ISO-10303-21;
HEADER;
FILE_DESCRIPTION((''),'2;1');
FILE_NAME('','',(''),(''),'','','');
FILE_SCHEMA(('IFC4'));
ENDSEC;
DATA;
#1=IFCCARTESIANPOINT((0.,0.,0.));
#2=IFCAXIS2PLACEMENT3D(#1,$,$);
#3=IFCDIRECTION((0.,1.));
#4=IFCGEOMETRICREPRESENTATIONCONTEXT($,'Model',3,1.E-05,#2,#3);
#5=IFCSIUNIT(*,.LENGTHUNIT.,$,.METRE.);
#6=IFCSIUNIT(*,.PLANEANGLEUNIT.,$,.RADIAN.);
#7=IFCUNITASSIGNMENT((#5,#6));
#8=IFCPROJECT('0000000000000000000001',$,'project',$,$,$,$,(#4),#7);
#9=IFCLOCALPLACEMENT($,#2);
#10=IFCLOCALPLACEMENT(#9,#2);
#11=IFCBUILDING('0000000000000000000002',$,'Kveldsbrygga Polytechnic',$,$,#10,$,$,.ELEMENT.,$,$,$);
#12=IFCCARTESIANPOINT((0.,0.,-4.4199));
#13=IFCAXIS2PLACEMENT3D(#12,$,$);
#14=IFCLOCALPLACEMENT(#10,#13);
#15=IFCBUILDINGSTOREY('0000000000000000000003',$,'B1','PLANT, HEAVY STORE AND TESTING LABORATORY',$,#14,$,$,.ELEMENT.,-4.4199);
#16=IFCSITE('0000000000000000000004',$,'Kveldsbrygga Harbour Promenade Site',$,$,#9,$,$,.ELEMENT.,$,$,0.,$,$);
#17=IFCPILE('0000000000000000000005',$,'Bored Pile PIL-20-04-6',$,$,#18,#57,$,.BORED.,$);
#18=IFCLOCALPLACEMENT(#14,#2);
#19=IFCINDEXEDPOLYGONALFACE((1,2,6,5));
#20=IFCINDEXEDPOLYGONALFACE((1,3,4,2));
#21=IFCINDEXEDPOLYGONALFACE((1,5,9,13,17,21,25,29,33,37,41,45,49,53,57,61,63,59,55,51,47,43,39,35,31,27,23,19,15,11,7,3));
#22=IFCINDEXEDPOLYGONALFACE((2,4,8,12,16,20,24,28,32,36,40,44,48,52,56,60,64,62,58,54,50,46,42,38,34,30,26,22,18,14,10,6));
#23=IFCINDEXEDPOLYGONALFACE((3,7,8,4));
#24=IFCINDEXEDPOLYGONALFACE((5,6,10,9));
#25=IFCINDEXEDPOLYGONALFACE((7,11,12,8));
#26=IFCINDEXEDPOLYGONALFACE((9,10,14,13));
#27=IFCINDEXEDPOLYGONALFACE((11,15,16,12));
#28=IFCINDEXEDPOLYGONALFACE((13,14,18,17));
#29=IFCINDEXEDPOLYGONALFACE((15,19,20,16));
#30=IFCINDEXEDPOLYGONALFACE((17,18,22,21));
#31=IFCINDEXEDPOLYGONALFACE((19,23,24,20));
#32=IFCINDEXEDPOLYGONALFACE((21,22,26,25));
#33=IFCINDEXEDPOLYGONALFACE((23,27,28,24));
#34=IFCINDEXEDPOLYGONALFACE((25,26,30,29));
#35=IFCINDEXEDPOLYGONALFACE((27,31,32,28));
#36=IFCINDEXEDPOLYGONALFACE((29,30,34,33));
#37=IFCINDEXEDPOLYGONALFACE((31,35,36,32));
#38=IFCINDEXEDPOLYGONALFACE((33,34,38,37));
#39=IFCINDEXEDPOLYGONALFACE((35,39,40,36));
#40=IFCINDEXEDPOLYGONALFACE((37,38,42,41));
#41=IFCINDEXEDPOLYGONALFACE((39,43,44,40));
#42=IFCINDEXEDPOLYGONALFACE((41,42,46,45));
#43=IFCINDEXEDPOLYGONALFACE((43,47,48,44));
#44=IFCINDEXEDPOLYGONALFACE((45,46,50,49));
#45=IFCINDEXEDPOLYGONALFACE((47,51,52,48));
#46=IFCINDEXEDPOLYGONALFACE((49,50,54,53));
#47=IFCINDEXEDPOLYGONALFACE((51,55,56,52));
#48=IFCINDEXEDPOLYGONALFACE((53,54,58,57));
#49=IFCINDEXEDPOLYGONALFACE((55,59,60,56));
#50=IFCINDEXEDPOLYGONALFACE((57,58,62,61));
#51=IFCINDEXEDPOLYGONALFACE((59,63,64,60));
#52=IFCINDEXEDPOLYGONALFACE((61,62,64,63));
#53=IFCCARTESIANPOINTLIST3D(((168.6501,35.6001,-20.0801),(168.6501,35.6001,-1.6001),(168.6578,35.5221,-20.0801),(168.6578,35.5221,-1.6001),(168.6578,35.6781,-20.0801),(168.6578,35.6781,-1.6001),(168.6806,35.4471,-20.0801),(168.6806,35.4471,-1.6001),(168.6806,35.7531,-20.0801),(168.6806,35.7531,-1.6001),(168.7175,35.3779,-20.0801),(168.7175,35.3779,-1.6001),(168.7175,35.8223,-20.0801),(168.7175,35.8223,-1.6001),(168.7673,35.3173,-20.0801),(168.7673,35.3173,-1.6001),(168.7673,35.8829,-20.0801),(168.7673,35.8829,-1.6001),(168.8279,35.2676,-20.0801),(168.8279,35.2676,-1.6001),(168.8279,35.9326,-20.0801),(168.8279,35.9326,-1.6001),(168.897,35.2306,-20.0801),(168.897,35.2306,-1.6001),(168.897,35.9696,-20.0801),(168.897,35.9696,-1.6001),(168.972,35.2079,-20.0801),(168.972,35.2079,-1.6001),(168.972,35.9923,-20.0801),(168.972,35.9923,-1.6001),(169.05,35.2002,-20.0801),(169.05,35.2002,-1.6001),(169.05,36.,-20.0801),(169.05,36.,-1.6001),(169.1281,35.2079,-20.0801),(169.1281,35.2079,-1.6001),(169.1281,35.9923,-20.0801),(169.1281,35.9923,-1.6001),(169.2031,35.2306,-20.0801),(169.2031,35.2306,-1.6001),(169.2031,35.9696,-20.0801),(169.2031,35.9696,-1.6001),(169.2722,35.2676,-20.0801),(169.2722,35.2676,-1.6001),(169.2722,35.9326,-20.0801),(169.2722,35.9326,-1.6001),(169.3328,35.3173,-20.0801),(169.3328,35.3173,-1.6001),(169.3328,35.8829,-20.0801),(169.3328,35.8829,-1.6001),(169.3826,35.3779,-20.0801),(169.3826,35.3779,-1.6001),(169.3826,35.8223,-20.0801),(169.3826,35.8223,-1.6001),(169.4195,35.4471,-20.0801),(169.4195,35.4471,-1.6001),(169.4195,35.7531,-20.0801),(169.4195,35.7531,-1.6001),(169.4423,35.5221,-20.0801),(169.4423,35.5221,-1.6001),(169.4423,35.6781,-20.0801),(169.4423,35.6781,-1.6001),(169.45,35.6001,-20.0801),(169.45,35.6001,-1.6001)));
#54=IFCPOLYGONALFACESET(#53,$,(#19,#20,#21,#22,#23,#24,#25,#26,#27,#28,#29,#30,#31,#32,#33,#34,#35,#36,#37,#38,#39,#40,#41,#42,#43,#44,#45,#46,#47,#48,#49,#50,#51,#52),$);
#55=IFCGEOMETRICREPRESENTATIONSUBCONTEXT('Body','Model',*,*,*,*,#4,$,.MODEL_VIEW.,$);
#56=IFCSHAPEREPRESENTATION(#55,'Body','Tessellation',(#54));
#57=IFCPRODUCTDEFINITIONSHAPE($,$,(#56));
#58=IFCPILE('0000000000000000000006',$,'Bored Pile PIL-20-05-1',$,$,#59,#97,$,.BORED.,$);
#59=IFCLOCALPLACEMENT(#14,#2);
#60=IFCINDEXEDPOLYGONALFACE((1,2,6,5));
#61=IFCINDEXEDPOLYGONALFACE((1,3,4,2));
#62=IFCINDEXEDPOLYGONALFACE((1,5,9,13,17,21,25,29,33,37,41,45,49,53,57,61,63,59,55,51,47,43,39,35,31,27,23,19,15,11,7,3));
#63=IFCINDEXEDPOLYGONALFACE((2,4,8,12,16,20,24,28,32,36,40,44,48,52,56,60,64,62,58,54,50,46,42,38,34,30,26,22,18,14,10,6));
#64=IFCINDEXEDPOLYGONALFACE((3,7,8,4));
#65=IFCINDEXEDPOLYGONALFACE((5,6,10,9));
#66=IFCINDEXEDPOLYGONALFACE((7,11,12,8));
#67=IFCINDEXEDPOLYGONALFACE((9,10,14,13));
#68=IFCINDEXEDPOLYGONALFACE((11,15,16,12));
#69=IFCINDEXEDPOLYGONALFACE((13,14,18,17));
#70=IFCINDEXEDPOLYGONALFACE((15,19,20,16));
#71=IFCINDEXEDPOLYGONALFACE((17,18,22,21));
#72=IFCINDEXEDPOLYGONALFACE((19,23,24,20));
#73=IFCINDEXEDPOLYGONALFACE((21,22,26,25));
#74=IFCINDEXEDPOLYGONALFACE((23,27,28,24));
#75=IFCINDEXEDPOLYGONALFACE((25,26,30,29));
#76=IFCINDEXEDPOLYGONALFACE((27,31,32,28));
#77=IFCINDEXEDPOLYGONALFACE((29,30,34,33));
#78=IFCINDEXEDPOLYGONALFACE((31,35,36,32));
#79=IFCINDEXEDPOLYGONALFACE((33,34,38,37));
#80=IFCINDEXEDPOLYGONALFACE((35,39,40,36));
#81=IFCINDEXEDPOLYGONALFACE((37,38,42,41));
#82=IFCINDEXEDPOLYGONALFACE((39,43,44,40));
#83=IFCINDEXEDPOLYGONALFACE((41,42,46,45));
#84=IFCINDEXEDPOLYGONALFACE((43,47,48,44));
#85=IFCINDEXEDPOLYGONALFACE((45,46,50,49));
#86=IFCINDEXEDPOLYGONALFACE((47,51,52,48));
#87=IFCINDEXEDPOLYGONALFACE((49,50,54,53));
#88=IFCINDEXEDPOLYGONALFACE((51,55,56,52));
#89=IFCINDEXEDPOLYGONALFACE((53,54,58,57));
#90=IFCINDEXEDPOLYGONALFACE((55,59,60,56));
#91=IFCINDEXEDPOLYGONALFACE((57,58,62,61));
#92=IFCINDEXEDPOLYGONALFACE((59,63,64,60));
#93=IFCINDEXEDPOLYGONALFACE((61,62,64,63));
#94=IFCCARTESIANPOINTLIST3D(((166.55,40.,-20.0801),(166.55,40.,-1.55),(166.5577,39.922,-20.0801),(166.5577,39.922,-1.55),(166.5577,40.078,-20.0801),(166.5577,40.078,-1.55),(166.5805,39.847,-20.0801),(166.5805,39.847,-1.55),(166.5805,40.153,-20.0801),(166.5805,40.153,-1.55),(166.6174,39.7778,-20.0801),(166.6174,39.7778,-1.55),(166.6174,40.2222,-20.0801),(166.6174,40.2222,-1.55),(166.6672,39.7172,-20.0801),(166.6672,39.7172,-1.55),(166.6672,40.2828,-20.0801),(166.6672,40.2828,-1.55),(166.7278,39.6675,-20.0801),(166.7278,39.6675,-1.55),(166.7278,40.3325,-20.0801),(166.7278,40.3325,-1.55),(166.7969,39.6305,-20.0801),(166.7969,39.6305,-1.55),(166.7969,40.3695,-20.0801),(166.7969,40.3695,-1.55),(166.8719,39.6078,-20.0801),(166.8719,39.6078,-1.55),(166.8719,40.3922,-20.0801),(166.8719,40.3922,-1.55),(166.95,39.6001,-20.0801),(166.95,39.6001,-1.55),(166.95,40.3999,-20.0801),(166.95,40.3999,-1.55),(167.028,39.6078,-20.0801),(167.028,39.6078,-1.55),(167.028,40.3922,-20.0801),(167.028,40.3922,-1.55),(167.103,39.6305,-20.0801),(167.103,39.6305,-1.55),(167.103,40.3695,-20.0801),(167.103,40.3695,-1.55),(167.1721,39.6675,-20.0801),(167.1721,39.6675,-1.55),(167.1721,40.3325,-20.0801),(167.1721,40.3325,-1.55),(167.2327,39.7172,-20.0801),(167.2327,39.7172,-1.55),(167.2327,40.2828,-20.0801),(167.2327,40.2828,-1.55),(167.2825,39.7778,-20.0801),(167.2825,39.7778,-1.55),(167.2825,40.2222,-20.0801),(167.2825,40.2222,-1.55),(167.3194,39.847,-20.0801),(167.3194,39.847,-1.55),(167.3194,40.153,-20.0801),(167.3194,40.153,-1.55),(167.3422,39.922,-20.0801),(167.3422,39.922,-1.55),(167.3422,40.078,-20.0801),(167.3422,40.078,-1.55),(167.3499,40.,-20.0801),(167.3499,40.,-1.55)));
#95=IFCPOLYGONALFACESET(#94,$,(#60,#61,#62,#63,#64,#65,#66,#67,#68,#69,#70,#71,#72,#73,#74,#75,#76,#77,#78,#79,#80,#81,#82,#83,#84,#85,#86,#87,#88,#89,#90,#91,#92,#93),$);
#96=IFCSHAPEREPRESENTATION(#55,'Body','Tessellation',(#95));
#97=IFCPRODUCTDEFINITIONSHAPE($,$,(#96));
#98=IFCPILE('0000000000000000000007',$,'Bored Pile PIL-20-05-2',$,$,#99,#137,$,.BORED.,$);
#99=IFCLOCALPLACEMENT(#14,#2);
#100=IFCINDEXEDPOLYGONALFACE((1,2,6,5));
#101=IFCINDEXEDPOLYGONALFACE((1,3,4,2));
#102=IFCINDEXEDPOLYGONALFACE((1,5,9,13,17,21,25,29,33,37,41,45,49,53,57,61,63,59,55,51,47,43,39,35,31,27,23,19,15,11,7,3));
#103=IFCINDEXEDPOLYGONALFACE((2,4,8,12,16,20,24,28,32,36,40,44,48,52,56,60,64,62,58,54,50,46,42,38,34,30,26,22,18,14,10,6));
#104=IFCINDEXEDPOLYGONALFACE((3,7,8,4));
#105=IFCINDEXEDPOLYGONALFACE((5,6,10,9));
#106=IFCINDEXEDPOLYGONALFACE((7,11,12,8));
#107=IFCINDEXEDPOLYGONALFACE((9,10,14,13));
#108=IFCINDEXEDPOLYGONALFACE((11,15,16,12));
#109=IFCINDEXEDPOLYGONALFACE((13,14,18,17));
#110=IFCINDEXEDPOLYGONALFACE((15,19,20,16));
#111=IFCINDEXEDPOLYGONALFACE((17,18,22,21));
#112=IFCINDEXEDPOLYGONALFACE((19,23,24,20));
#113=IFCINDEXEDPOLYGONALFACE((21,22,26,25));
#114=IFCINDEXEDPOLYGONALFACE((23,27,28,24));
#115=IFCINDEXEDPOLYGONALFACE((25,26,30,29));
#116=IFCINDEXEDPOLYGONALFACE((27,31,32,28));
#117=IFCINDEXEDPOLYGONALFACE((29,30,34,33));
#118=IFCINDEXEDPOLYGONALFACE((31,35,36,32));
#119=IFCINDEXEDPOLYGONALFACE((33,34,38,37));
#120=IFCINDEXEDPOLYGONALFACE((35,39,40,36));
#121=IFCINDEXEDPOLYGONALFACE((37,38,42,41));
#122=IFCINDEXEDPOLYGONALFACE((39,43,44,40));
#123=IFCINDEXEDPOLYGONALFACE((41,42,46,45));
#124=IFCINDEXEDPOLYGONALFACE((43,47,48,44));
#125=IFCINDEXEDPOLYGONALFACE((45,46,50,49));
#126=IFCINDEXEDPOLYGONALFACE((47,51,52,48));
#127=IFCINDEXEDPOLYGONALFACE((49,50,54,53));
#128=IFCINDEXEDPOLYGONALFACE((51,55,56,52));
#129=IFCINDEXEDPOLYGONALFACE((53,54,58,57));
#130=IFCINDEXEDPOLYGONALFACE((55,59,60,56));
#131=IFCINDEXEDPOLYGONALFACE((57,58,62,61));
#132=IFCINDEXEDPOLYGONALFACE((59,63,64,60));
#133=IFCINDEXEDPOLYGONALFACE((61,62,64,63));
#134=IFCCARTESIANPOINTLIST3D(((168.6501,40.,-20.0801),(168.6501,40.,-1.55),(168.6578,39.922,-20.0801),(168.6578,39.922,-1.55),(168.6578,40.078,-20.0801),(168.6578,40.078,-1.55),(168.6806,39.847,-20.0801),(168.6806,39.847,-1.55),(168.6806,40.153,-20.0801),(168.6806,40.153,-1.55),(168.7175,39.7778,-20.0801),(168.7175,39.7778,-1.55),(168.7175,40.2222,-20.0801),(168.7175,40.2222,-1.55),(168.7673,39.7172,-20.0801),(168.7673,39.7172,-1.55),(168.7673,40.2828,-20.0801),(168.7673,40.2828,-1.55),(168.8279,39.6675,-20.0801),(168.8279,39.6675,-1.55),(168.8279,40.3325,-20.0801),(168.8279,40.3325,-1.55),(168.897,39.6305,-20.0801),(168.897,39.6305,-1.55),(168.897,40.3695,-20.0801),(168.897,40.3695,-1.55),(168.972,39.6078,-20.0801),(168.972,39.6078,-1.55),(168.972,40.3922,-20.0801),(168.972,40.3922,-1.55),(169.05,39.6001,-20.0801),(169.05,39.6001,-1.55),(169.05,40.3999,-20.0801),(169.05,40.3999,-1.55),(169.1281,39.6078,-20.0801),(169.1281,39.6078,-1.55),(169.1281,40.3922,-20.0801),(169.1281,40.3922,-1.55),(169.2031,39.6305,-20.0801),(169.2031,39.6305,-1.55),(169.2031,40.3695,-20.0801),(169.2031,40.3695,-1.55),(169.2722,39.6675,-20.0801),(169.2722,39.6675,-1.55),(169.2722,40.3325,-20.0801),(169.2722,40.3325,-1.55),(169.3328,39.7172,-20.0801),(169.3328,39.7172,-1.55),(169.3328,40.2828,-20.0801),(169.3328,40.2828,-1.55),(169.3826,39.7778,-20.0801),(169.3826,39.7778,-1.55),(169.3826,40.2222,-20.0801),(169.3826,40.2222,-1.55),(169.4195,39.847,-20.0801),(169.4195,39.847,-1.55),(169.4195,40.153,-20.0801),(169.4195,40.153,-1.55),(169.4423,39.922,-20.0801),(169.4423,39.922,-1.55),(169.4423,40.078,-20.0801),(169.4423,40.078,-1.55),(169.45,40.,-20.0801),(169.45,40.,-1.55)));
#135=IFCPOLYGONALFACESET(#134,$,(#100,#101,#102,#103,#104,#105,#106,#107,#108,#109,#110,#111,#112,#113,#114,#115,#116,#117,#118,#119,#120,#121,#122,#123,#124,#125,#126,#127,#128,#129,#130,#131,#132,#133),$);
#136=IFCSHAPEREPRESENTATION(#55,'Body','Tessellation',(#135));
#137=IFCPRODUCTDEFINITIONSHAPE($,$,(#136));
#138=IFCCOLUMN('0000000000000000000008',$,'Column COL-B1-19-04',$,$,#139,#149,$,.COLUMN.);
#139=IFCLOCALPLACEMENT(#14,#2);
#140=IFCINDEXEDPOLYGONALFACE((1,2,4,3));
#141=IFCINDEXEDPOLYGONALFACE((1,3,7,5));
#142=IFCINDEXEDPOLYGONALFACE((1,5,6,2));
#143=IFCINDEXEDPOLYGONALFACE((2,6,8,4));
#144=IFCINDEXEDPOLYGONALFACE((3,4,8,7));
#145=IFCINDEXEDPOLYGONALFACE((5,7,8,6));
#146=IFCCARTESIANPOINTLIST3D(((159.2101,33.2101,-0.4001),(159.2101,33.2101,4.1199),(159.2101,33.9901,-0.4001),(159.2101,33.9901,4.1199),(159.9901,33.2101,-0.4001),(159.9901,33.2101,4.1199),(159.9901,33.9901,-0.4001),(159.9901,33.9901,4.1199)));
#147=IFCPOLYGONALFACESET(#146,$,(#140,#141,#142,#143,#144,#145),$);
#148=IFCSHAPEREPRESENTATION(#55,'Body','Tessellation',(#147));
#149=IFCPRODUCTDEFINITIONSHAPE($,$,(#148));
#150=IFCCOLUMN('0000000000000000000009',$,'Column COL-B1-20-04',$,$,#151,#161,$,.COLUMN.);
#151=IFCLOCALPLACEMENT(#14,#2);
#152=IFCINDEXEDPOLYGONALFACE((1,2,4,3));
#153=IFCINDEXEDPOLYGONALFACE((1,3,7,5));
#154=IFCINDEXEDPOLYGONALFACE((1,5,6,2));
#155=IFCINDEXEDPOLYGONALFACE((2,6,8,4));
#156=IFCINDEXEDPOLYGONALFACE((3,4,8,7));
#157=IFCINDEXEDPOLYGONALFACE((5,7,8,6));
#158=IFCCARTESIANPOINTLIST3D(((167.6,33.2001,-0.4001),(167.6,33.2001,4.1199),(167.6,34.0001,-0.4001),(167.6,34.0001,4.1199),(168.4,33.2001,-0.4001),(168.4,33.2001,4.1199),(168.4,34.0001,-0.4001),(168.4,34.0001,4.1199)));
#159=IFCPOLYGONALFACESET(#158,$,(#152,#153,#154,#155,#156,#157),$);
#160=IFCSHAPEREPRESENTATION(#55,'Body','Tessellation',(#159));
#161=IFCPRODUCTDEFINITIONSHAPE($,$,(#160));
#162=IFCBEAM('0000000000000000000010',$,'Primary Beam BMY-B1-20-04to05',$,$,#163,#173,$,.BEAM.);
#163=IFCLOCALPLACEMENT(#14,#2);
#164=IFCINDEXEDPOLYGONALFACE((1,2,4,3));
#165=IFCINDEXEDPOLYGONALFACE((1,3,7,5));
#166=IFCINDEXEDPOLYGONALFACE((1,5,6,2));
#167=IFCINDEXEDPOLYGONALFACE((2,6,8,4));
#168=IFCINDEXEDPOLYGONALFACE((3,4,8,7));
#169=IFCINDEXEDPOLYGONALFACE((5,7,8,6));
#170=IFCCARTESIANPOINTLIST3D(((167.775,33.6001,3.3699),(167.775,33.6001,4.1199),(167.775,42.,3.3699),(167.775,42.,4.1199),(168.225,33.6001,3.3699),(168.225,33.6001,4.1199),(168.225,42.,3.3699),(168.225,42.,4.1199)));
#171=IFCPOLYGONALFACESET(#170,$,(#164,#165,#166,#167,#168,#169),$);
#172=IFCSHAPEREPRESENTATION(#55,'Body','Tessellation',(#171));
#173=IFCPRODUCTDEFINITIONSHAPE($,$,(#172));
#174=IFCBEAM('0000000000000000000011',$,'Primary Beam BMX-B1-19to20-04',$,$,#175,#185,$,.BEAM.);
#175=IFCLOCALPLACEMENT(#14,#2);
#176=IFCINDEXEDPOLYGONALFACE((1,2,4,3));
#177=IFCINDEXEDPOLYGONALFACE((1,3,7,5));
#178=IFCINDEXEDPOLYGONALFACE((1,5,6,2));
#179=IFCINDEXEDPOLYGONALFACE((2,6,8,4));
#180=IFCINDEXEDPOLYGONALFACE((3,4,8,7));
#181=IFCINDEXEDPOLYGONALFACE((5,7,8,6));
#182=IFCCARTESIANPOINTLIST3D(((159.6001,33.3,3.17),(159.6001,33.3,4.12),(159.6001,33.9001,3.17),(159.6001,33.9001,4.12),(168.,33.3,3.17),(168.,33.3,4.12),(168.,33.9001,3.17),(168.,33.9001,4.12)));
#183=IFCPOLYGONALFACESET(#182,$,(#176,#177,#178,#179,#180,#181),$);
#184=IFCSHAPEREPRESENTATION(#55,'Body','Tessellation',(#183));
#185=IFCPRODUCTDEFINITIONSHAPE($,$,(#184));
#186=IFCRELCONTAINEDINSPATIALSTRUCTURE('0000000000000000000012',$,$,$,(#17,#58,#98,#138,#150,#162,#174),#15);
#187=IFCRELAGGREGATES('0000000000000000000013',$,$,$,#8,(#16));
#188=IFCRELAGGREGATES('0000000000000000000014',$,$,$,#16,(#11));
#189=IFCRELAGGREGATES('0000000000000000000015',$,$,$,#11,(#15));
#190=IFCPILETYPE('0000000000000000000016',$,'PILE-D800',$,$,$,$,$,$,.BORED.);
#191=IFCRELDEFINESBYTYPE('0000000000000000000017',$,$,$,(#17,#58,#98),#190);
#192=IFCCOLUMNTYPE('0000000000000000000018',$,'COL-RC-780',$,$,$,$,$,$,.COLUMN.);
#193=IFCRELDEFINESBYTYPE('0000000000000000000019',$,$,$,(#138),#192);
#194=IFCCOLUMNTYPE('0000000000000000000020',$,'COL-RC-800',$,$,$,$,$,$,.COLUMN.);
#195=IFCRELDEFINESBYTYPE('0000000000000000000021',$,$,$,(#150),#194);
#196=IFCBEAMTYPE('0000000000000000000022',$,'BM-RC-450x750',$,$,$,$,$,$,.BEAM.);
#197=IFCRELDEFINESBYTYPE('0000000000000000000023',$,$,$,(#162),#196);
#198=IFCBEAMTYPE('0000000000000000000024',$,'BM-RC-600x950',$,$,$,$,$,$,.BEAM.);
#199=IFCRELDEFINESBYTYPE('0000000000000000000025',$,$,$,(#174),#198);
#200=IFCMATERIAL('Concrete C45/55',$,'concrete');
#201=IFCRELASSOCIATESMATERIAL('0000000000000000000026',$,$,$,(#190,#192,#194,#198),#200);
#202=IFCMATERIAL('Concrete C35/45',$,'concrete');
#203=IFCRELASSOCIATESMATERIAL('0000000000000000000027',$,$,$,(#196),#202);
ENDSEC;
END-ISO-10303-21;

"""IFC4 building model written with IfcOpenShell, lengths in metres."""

from ifc_helpers import new_model, si_unit, direction, frame, origin, origin_2d, place, context, subcontext, project, spatial, rectangle, circle, extrude, material, material_profile, profile_set, type_object, element, save


model = new_model("IFC4")

# Units and contexts
model_context = context("Model", 3, precision=1e-05, world=origin(), true_north=direction((0.0, 1.0)))
body_context = subcontext(model_context, "Body", "Model", "MODEL_VIEW")
ifc_project = project(units=[si_unit("LENGTHUNIT", "METRE"), si_unit("PLANEANGLEUNIT", "RADIAN")], contexts=[model_context])

# Site, building, storey
site_placement = place(None, origin())
site = spatial("IfcSite", under=ifc_project, at=site_placement, Name="Kveldsbrygga Harbour Promenade Site", CompositionType="ELEMENT", RefElevation=0.0)
building_placement = place(site_placement, origin())
building = spatial("IfcBuilding", under=site, at=building_placement, Name="Kveldsbrygga Polytechnic", CompositionType="ELEMENT")
storey_placement = place(building_placement, frame((0.0, 0.0, -4.4199)))
storey = spatial("IfcBuildingStorey", under=building, at=storey_placement, Name="B1", Description="PLANT, HEAVY STORE AND TESTING LABORATORY", CompositionType="ELEMENT", Elevation=-4.4199)

# Shared definitions
ifc_material_1 = material(Name="Concrete C45/55", Category="concrete")

# Piles
ifc_material_profile_1 = material_profile(ifc_material_1, circle(Radius=0.3999, at=origin_2d()), Name="PILE D800")
ifc_profile_set_1 = profile_set([ifc_material_profile_1], Name="Concrete C45/55")
pile_type = type_object("IfcPileType", Name="PILE-D800", PredefinedType="BORED", material=ifc_profile_set_1)
for number, where, z_axis, x_axis, name in (
    (1, (169.05, 35.6001, -1.6001), (0.0, 0.0, -1.0), (1.0, 0.0, 0.0), "Bored Pile PIL-20-04-6"),
):
    element("IfcPile", number, at=place(storey_placement, frame(where, z_axis=z_axis, x_axis=x_axis)), inside=storey, type_object=pile_type, Name=name, PredefinedType="BORED", context=body_context, shape_type="SweptSolid", body=[
        extrude(circle(Radius=0.3999, at=origin_2d()), origin(), (0.0, 0.0, 1.0), 18.48),
    ])
for number, where, z_axis, x_axis, name in (
    (2, (166.95, 40.0, -1.55), (0.0, 0.0, -1.0), (1.0, 0.0, 0.0), "Bored Pile PIL-20-05-1"),
    (3, (169.05, 40.0, -1.55), (0.0, 0.0, -1.0), (1.0, 0.0, 0.0), "Bored Pile PIL-20-05-2"),
):
    element("IfcPile", number, at=place(storey_placement, frame(where, z_axis=z_axis, x_axis=x_axis)), inside=storey, type_object=pile_type, Name=name, PredefinedType="BORED", context=body_context, shape_type="SweptSolid", body=[
        extrude(circle(Radius=0.3999, at=origin_2d()), origin(), (0.0, 0.0, 1.0), 18.53),
    ])

# Columns
ifc_material_profile_2 = material_profile(ifc_material_1, rectangle(XDim=0.78, YDim=0.78, at=origin_2d()), Name="RC 780x780")
ifc_profile_set_2 = profile_set([ifc_material_profile_2], Name="Concrete C45/55")
column_type_1 = type_object("IfcColumnType", Name="COL-RC-780", PredefinedType="COLUMN", material=ifc_profile_set_2)
column_1_placement = place(storey_placement, frame((159.6001, 33.6001, -0.4001), z_axis=(0.0, 0.0, 1.0), x_axis=(1.0, 0.0, 0.0)))
element("IfcColumn", 4, at=column_1_placement, inside=storey, type_object=column_type_1, Name="Column COL-B1-19-04", PredefinedType="COLUMN", context=body_context, shape_type="SweptSolid", body=[
    extrude(rectangle(XDim=0.78, YDim=0.78, at=origin_2d()), origin(), (0.0, 0.0, 1.0), 4.52),
])
ifc_material_profile_3 = material_profile(ifc_material_1, rectangle(XDim=0.8, YDim=0.8, at=origin_2d()), Name="RC 800x800")
ifc_profile_set_3 = profile_set([ifc_material_profile_3], Name="Concrete C45/55")
column_type_2 = type_object("IfcColumnType", Name="COL-RC-800", PredefinedType="COLUMN", material=ifc_profile_set_3)
column_2_placement = place(storey_placement, frame((168.0, 33.6001, -0.4001), z_axis=(0.0, 0.0, 1.0), x_axis=(1.0, 0.0, 0.0)))
element("IfcColumn", 5, at=column_2_placement, inside=storey, type_object=column_type_2, Name="Column COL-B1-20-04", PredefinedType="COLUMN", context=body_context, shape_type="SweptSolid", body=[
    extrude(rectangle(XDim=0.8, YDim=0.8, at=origin_2d()), origin(), (0.0, 0.0, 1.0), 4.52),
])

# Beams
ifc_material_2 = material(Name="Concrete C35/45", Category="concrete")
ifc_material_profile_4 = material_profile(ifc_material_2, rectangle(XDim=0.45, YDim=0.75, at=origin_2d()), Name="RC 450x750")
ifc_profile_set_4 = profile_set([ifc_material_profile_4], Name="Concrete C35/45")
beam_type_1 = type_object("IfcBeamType", Name="BM-RC-450x750", PredefinedType="BEAM", material=ifc_profile_set_4)
beam_1_placement = place(storey_placement, frame((168.0, 33.6001, 3.7449), z_axis=(0.0, 1.0, 0.0), x_axis=(-1.0, 0.0, 0.0)))
element("IfcBeam", 6, at=beam_1_placement, inside=storey, type_object=beam_type_1, Name="Primary Beam BMY-B1-20-04to05", PredefinedType="BEAM", context=body_context, shape_type="SweptSolid", body=[
    extrude(rectangle(XDim=0.45, YDim=0.75, at=origin_2d()), origin(), (0.0, 0.0, 1.0), 8.3999),
])
ifc_material_profile_5 = material_profile(ifc_material_1, rectangle(XDim=0.6001, YDim=0.95, at=origin_2d()), Name="RC 600x950")
ifc_profile_set_5 = profile_set([ifc_material_profile_5], Name="Concrete C45/55")
beam_type_2 = type_object("IfcBeamType", Name="BM-RC-600x950", PredefinedType="BEAM", material=ifc_profile_set_5)
beam_2_placement = place(storey_placement, frame((159.6001, 33.6001, 3.645), z_axis=(1.0, 0.0, 0.0), x_axis=(0.0, 1.0, 0.0)))
element("IfcBeam", 7, at=beam_2_placement, inside=storey, type_object=beam_type_2, Name="Primary Beam BMX-B1-19to20-04", PredefinedType="BEAM", context=body_context, shape_type="SweptSolid", body=[
    extrude(rectangle(XDim=0.6001, YDim=0.95, at=origin_2d()), origin(), (0.0, 0.0, 1.0), 8.3999),
])

save(model, "model.ifc")
